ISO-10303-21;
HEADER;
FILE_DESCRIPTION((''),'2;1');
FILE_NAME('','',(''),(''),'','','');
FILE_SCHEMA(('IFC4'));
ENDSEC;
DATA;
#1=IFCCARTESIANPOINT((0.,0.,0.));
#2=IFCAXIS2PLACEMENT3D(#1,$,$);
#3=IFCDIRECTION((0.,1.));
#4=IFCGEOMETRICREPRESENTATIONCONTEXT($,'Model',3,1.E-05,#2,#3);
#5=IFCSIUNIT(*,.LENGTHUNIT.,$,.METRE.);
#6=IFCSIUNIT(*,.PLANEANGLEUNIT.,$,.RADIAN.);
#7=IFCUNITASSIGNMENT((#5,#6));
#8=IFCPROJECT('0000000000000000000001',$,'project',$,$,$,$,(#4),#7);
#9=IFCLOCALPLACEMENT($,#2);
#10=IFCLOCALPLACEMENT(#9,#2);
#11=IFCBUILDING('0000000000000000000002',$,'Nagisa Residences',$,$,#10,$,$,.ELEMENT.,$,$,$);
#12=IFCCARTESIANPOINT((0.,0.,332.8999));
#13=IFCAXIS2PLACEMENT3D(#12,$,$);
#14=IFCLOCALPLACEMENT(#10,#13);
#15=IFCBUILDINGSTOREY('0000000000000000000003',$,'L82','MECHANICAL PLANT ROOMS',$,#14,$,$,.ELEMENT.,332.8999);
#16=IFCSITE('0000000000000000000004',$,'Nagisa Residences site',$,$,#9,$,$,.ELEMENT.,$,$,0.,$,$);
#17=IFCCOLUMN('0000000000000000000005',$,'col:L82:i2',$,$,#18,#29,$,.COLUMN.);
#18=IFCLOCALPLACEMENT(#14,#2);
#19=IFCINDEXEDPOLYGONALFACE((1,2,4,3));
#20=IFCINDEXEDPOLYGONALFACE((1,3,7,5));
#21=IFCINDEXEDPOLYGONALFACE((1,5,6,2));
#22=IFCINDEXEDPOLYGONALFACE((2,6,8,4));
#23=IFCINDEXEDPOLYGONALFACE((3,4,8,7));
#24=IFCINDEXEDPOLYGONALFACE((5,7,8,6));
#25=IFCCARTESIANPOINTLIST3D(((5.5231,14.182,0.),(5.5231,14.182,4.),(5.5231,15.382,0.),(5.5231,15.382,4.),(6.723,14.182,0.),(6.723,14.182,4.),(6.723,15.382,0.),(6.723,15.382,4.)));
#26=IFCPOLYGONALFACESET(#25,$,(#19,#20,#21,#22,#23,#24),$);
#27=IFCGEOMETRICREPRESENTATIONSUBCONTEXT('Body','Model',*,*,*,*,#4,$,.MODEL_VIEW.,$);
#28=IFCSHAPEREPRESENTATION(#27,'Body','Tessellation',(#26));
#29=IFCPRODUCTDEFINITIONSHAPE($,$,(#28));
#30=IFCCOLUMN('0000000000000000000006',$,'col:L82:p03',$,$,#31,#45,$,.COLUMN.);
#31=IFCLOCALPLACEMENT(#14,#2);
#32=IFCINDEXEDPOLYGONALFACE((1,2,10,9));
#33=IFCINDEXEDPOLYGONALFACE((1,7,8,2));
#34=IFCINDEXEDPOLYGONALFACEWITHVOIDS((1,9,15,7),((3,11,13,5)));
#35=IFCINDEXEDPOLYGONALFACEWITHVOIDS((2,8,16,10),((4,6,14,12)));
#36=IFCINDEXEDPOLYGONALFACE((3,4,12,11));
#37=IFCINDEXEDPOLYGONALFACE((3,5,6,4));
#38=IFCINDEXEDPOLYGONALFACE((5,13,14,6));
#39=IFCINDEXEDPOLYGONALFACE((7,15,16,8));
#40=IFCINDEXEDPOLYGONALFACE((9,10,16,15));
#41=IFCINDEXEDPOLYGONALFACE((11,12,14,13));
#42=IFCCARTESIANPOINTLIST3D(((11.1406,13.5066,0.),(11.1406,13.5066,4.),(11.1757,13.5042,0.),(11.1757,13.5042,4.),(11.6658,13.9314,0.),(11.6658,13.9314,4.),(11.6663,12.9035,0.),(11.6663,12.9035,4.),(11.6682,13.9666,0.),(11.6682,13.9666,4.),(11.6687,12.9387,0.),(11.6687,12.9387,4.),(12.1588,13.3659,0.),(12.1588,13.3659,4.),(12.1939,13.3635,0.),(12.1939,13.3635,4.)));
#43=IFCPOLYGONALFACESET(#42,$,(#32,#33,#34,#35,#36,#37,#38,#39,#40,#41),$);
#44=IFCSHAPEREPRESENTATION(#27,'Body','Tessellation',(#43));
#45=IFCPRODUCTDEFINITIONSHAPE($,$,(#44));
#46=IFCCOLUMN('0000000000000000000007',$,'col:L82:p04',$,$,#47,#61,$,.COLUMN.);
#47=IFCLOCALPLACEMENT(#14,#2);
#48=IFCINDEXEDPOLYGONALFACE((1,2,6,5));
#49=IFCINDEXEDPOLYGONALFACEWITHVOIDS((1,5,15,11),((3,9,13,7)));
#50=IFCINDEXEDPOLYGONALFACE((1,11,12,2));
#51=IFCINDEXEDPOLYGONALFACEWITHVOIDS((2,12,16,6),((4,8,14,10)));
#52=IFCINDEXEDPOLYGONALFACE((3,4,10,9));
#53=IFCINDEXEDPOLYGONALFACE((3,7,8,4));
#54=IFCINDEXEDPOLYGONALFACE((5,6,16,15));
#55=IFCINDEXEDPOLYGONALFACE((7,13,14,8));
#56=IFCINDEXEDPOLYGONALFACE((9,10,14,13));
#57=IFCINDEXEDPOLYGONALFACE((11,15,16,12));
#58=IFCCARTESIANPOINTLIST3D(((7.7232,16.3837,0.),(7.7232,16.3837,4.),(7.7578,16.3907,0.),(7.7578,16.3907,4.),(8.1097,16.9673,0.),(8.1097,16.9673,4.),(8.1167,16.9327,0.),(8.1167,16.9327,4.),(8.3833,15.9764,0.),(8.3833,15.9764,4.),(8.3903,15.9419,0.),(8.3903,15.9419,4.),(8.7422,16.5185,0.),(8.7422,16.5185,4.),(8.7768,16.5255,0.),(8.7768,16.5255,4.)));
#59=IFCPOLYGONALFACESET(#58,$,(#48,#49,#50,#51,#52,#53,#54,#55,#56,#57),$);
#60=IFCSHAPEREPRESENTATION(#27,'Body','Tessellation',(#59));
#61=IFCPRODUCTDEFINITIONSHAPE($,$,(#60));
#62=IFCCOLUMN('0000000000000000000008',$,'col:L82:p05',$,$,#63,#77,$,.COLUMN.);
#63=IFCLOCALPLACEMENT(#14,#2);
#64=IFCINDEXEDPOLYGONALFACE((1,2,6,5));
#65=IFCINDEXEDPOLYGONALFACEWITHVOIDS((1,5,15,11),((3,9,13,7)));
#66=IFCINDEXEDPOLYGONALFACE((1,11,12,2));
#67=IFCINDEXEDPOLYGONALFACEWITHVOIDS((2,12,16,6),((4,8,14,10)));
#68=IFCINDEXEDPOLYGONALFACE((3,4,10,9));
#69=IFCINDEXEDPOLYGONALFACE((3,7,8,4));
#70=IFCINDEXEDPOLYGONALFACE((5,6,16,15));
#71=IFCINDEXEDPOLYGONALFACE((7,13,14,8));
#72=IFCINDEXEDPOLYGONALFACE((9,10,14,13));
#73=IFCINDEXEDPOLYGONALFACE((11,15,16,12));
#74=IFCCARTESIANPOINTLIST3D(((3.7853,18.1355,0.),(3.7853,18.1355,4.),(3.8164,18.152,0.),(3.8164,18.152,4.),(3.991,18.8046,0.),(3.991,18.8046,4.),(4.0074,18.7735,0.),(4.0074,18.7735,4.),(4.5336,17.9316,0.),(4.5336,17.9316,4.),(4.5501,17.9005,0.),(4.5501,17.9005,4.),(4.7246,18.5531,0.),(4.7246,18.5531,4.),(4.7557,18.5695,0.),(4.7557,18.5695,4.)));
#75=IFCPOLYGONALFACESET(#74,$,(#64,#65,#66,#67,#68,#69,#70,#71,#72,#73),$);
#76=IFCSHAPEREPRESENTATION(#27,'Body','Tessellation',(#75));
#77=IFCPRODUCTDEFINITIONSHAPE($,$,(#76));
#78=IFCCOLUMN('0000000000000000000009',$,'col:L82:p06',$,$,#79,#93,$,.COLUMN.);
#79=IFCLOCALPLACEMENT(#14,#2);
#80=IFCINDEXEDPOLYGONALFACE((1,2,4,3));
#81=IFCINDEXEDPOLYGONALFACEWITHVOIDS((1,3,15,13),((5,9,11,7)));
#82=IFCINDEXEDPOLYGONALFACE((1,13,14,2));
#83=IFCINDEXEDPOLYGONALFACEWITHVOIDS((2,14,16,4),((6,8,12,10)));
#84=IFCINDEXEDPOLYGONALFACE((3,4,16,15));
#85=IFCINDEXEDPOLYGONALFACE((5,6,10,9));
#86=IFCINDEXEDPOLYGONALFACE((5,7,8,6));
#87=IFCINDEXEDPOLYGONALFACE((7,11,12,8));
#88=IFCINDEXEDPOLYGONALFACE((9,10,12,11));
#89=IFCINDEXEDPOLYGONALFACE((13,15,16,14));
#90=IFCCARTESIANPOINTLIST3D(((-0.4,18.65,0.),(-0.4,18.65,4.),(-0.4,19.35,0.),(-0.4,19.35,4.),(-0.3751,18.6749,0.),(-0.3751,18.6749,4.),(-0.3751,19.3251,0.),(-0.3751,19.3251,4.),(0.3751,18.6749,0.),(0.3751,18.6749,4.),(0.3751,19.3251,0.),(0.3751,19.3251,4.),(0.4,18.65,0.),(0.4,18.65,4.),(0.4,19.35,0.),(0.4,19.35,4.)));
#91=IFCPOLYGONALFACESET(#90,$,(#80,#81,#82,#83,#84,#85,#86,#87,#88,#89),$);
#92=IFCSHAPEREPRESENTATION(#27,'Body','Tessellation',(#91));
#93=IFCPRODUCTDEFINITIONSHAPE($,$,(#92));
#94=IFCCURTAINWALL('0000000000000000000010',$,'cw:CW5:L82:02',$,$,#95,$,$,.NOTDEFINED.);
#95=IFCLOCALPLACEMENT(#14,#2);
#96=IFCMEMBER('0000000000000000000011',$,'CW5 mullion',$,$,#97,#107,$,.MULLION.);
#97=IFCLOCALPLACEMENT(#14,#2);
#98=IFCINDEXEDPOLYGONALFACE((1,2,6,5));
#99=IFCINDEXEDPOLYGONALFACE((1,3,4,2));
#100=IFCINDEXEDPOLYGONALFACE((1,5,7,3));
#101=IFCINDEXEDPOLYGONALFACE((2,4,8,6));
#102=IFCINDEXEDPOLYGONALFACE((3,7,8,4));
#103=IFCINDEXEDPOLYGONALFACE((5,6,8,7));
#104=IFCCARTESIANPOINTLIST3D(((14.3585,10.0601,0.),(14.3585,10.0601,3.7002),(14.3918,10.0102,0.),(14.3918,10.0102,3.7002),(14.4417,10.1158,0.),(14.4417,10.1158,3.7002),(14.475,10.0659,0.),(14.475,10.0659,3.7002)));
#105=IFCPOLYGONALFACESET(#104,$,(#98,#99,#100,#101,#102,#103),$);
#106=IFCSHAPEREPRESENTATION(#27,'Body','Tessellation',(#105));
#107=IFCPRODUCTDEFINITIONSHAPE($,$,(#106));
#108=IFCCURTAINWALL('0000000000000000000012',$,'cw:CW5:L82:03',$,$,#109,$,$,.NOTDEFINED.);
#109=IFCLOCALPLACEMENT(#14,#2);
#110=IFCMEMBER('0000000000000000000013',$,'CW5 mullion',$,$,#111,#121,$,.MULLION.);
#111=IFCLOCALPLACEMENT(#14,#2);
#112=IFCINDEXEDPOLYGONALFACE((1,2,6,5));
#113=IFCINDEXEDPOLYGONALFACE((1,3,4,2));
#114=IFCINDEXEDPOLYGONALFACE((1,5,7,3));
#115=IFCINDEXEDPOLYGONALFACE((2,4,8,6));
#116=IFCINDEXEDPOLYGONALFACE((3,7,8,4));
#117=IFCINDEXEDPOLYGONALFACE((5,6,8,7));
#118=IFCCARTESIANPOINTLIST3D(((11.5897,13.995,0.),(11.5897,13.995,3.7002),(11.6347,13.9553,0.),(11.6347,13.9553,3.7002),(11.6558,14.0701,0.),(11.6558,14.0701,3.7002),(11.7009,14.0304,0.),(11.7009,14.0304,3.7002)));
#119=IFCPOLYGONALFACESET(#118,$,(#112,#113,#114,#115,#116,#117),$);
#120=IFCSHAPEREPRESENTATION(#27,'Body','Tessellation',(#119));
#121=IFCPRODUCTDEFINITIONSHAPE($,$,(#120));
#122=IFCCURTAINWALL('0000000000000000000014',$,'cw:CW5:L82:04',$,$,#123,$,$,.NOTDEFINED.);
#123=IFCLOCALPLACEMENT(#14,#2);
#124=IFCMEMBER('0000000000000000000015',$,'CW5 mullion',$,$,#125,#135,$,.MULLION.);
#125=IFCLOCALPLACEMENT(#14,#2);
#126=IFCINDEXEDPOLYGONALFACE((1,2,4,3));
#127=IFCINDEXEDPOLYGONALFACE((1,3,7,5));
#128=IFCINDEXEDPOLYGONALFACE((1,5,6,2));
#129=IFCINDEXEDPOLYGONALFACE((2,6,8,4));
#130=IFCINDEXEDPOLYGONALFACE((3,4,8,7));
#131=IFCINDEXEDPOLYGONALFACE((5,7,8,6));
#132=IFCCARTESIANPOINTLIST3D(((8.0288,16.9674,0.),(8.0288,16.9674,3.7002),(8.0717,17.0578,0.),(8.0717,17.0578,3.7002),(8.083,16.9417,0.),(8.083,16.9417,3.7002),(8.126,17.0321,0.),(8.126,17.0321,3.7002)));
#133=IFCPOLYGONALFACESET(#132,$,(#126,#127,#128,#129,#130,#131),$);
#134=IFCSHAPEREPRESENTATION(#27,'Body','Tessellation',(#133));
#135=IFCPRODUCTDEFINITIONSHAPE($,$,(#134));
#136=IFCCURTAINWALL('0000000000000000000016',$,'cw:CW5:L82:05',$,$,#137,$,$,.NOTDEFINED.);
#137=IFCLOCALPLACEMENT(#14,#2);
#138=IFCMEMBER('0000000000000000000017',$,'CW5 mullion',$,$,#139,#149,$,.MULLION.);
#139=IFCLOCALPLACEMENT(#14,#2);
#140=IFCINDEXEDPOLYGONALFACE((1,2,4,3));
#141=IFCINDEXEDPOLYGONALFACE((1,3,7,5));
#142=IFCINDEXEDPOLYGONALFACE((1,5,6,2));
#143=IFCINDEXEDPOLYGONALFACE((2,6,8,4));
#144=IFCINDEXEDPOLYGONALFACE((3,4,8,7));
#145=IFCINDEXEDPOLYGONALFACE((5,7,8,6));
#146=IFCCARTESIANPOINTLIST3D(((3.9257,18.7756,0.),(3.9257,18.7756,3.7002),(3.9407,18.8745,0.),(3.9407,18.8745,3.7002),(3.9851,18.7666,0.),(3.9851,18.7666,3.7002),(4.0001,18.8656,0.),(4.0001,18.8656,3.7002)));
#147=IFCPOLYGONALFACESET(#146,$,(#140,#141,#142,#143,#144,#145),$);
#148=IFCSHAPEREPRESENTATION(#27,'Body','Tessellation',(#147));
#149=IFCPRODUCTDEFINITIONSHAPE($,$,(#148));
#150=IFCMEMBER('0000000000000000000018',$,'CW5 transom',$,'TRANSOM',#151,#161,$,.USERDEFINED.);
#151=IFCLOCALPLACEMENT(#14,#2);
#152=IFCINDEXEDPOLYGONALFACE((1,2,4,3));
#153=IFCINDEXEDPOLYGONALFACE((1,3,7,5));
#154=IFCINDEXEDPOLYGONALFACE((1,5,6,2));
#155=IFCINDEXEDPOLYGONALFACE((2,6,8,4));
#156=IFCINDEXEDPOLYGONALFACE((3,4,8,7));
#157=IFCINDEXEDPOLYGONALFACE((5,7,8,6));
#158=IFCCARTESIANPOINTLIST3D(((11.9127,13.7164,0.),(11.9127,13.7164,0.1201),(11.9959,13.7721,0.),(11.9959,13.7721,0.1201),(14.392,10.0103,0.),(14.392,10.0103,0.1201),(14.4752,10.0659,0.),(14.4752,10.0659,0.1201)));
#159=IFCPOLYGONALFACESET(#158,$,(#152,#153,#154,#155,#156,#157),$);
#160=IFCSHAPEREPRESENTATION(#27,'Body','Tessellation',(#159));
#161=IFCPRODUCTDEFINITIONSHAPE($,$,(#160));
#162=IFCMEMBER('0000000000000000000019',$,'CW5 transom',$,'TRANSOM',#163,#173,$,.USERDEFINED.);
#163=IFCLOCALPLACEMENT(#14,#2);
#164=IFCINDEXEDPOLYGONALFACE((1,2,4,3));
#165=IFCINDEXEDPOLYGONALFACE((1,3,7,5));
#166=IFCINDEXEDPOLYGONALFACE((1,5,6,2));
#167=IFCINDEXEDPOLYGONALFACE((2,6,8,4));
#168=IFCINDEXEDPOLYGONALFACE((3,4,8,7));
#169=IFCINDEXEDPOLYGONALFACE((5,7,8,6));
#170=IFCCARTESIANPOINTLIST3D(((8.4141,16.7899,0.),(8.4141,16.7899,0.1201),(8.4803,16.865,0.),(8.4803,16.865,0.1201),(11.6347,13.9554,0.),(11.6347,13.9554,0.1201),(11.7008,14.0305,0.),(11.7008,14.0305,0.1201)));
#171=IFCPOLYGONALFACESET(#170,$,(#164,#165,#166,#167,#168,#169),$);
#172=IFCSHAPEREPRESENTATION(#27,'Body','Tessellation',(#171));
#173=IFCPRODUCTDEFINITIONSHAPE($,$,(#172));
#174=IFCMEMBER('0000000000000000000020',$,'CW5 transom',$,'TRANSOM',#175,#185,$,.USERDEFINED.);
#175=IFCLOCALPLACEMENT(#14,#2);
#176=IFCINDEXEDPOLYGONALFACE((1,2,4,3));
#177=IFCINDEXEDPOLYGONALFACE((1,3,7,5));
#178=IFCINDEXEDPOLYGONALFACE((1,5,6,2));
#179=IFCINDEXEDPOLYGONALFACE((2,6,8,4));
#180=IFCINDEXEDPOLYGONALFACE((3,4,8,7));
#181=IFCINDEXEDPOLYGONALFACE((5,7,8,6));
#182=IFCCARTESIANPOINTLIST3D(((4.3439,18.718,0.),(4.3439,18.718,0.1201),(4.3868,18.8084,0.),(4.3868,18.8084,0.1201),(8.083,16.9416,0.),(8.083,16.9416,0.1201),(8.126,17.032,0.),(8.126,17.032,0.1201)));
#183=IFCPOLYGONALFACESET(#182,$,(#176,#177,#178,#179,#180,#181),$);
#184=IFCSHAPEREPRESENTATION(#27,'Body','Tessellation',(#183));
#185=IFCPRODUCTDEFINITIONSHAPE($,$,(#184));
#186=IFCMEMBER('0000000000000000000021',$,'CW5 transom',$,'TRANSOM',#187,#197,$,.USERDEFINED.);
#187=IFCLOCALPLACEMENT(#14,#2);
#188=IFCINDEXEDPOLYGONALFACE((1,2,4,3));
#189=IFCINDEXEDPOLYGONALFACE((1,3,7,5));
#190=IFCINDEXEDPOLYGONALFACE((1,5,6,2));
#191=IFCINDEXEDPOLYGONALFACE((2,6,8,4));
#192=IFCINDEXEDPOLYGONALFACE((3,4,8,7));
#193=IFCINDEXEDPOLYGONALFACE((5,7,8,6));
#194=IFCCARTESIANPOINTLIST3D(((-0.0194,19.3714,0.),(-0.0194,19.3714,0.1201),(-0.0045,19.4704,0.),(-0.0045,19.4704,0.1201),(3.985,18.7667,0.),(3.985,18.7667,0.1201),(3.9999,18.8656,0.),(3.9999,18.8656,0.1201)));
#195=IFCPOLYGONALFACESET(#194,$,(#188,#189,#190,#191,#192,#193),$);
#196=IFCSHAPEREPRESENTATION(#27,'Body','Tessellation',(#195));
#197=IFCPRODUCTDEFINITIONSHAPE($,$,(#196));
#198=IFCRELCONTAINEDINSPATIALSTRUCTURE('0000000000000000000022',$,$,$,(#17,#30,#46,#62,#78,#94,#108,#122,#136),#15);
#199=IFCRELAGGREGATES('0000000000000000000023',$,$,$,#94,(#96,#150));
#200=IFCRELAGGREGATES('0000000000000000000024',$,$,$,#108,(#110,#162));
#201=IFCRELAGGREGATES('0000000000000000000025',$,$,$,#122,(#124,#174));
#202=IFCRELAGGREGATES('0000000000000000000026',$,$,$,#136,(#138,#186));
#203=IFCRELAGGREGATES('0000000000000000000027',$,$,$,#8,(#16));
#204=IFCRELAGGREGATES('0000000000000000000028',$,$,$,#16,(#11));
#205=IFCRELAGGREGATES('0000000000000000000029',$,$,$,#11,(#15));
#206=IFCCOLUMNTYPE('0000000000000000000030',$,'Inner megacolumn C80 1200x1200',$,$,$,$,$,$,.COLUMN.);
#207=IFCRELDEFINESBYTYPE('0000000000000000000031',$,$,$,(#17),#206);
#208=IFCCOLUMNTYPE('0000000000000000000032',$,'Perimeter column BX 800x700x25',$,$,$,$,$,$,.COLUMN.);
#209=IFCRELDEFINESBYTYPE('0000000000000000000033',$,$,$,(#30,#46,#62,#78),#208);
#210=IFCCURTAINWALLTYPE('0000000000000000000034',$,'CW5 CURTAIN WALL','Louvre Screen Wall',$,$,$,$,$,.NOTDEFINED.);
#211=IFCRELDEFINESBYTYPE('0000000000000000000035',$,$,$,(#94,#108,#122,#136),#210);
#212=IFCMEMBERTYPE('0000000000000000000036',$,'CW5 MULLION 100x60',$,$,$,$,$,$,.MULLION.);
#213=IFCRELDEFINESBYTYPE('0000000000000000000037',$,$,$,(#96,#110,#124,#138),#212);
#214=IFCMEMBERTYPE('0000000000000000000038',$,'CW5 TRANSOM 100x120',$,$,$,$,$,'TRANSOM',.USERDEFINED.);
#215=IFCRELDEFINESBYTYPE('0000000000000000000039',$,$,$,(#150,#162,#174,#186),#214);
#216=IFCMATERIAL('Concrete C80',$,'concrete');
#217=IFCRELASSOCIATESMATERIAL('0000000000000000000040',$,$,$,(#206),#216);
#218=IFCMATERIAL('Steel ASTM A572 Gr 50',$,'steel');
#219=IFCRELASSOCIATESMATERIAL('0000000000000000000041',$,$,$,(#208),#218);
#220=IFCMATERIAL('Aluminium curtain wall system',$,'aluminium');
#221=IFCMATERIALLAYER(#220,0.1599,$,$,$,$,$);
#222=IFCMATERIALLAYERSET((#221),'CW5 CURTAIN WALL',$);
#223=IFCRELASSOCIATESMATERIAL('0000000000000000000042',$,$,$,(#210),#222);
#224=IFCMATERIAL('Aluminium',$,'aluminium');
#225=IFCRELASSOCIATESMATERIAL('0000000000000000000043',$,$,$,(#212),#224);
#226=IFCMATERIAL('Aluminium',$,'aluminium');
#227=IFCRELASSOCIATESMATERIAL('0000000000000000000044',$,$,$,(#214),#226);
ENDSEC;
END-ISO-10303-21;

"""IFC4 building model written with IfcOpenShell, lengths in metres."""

from ifc_helpers import new_model, si_unit, direction, frame, origin, origin_2d, place, context, subcontext, project, spatial, rectangle, hollow_rectangle, extrude, material, layer, layer_set, material_profile, profile_set, type_object, element, aggregate, save


model = new_model("IFC4")

# Units and contexts
model_context = context("Model", 3, precision=1e-05, world=origin(), true_north=direction((0.0, 1.0)))
body_context = subcontext(model_context, "Body", "Model", "MODEL_VIEW")
ifc_project = project(units=[si_unit("LENGTHUNIT", "METRE"), si_unit("PLANEANGLEUNIT", "RADIAN")], contexts=[model_context])

# Site, building, storey
site_placement = place(None, origin())
site = spatial("IfcSite", under=ifc_project, at=site_placement, Name="Nagisa Residences site", CompositionType="ELEMENT", RefElevation=0.0)
building_placement = place(site_placement, origin())
building = spatial("IfcBuilding", under=site, at=building_placement, Name="Nagisa Residences", CompositionType="ELEMENT")
storey_placement = place(building_placement, frame((0.0, 0.0, 332.8999)))
storey = spatial("IfcBuildingStorey", under=building, at=storey_placement, Name="L82", Description="MECHANICAL PLANT ROOMS", CompositionType="ELEMENT", Elevation=332.8999)

# Columns
ifc_material_1 = material(Name="Concrete C80", Category="concrete")
ifc_material_profile_1 = material_profile(ifc_material_1, rectangle(XDim=1.2, YDim=1.2, at=origin_2d()), Name="C80 1200x1200")
ifc_profile_set_1 = profile_set([ifc_material_profile_1], Name="Concrete C80")
column_type_1 = type_object("IfcColumnType", Name="Inner megacolumn C80 1200x1200", PredefinedType="COLUMN", material=ifc_profile_set_1)
column_placement = place(storey_placement, frame((6.123, 14.782, 0.0), z_axis=(0.0, 0.0, 1.0), x_axis=(1.0, 0.0, 0.0)))
element("IfcColumn", 1, at=column_placement, inside=storey, type_object=column_type_1, Name="col:L82:i2", PredefinedType="COLUMN", context=body_context, shape_type="SweptSolid", body=[
    extrude(rectangle(XDim=1.2, YDim=1.2, at=origin_2d()), origin(), (0.0, 0.0, 1.0), 4.0),
])
ifc_material_2 = material(Name="Steel ASTM A572 Gr 50", Category="steel")
ifc_material_profile_2 = material_profile(ifc_material_2, hollow_rectangle(XDim=0.8, YDim=0.7, WallThickness=0.0249, at=origin_2d()), Name="BX 800x700x25")
ifc_profile_set_2 = profile_set([ifc_material_profile_2], Name="Steel ASTM A572 Gr 50")
column_type_2 = type_object("IfcColumnType", Name="Perimeter column BX 800x700x25", PredefinedType="COLUMN", material=ifc_profile_set_2)
for number, where, z_axis, x_axis, name in (
    (2, (11.6672, 13.4351, 0.0), (0.0, 0.0, 1.0), (-0.657135, 0.753773, 0.0), "col:L82:p03"),
    (3, (8.25, 16.4546, 0.0), (0.0, 0.0, 1.0), (-0.833744, 0.552151, 0.0), "col:L82:p04"),
    (4, (4.2705, 18.3525, 0.0), (0.0, 0.0, 1.0), (-0.95587, 0.29379, 0.0), "col:L82:p05"),
    (5, (0.0, 19.0, 0.0), (0.0, 0.0, 1.0), (-1.0, 0.0, 0.0), "col:L82:p06"),
):
    element("IfcColumn", number, at=place(storey_placement, frame(where, z_axis=z_axis, x_axis=x_axis)), inside=storey, type_object=column_type_2, Name=name, PredefinedType="COLUMN", context=body_context, shape_type="SweptSolid", body=[
        extrude(hollow_rectangle(XDim=0.8, YDim=0.7, WallThickness=0.0249, at=origin_2d()), origin(), (0.0, 0.0, 1.0), 4.0),
    ])

# Curtain walls, members
ifc_material_3 = material(Name="Aluminium curtain wall system", Category="aluminium")
ifc_layer_1 = layer(ifc_material_3, 0.1599)
ifc_layer_set_1 = layer_set([ifc_layer_1], Name="CW5 CURTAIN WALL")
curtain_wall_type = type_object("IfcCurtainWallType", Name="CW5 CURTAIN WALL", Description="Louvre Screen Wall", PredefinedType="NOTDEFINED", material=ifc_layer_set_1)
curtain_wall_1_placement = place(storey_placement, origin())
curtain_wall_1 = element("IfcCurtainWall", 6, at=curtain_wall_1_placement, inside=storey, type_object=curtain_wall_type, Name="cw:CW5:L82:02", PredefinedType="NOTDEFINED")
ifc_material_4 = material(Name="Aluminium", Category="aluminium")
ifc_material_profile_3 = material_profile(ifc_material_4, rectangle(XDim=0.1001, YDim=0.0601, at=origin_2d()), Name="CW5 MULLION 100x60")
ifc_profile_set_3 = profile_set([ifc_material_profile_3], Name="Aluminium")
member_type_1 = type_object("IfcMemberType", Name="CW5 MULLION 100x60", PredefinedType="MULLION", material=ifc_profile_set_3)
member_1_placement = place(storey_placement, frame((14.4167, 10.063, 0.0), z_axis=(0.0, 0.0, 1.0), x_axis=(-0.831173, -0.556014, 0.0)))
member_1 = element("IfcMember", 7, at=member_1_placement, type_object=member_type_1, Name="CW5 mullion", PredefinedType="MULLION", context=body_context, shape_type="SweptSolid", body=[
    extrude(rectangle(XDim=0.1001, YDim=0.0601, at=origin_2d()), origin(), (0.0, 0.0, 1.0), 3.7002),
])
curtain_wall_2_placement = place(storey_placement, origin())
curtain_wall_2 = element("IfcCurtainWall", 8, at=curtain_wall_2_placement, inside=storey, type_object=curtain_wall_type, Name="cw:CW5:L82:03", PredefinedType="NOTDEFINED")
member_2_placement = place(storey_placement, frame((11.6453, 14.0127, 0.0), z_axis=(0.0, 0.0, 1.0), x_axis=(-0.660699, -0.750651, 0.0)))
member_2 = element("IfcMember", 9, at=member_2_placement, type_object=member_type_1, Name="CW5 mullion", PredefinedType="MULLION", context=body_context, shape_type="SweptSolid", body=[
    extrude(rectangle(XDim=0.1001, YDim=0.0601, at=origin_2d()), origin(), (0.0, 0.0, 1.0), 3.7002),
])
curtain_wall_3_placement = place(storey_placement, origin())
curtain_wall_3 = element("IfcCurtainWall", 10, at=curtain_wall_3_placement, inside=storey, type_object=curtain_wall_type, Name="cw:CW5:L82:04", PredefinedType="NOTDEFINED")
member_3_placement = place(storey_placement, frame((8.0774, 16.9998, 0.0), z_axis=(0.0, 0.0, 1.0), x_axis=(-0.429151, -0.903233, 0.0)))
member_3 = element("IfcMember", 11, at=member_3_placement, type_object=member_type_1, Name="CW5 mullion", PredefinedType="MULLION", context=body_context, shape_type="SweptSolid", body=[
    extrude(rectangle(XDim=0.1001, YDim=0.0601, at=origin_2d()), origin(), (0.0, 0.0, 1.0), 3.7002),
])
curtain_wall_4_placement = place(storey_placement, origin())
curtain_wall_4 = element("IfcCurtainWall", 12, at=curtain_wall_4_placement, inside=storey, type_object=curtain_wall_type, Name="cw:CW5:L82:05", PredefinedType="NOTDEFINED")
member_4_placement = place(storey_placement, frame((3.9629, 18.8206, 0.0), z_axis=(0.0, 0.0, 1.0), x_axis=(-0.14932, -0.988789, 0.0)))
member_4 = element("IfcMember", 13, at=member_4_placement, type_object=member_type_1, Name="CW5 mullion", PredefinedType="MULLION", context=body_context, shape_type="SweptSolid", body=[
    extrude(rectangle(XDim=0.1001, YDim=0.0601, at=origin_2d()), origin(), (0.0, 0.0, 1.0), 3.7002),
])

# Members
ifc_material_5 = material(Name="Aluminium", Category="aluminium")
ifc_material_profile_4 = material_profile(ifc_material_5, rectangle(XDim=0.1001, YDim=0.1201, at=origin_2d()), Name="CW5 TRANSOM 100x120")
ifc_profile_set_4 = profile_set([ifc_material_profile_4], Name="Aluminium")
member_type_2 = type_object("IfcMemberType", Name="CW5 TRANSOM 100x120", ElementType="TRANSOM", PredefinedType="USERDEFINED", material=ifc_profile_set_4)
member_5_placement = place(storey_placement, frame((14.4336, 10.0381, 0.0601), z_axis=(-0.556026, 0.831165, 0.0), x_axis=(-0.831165, -0.556026, 0.0)))
member_5 = element("IfcMember", 14, at=member_5_placement, type_object=member_type_2, Name="CW5 transom", ObjectType="TRANSOM", PredefinedType="USERDEFINED", context=body_context, shape_type="SweptSolid", body=[
    extrude(rectangle(XDim=0.1001, YDim=0.1201, at=origin_2d()), origin(), (0.0, 0.0, 1.0), 4.459),
])
member_6_placement = place(storey_placement, frame((11.6677, 13.9929, 0.0601), z_axis=(-0.750659, 0.660689, 0.0), x_axis=(-0.660689, -0.750659, 0.0)))
member_6 = element("IfcMember", 15, at=member_6_placement, type_object=member_type_2, Name="CW5 transom", ObjectType="TRANSOM", PredefinedType="USERDEFINED", context=body_context, shape_type="SweptSolid", body=[
    extrude(rectangle(XDim=0.1001, YDim=0.1201, at=origin_2d()), origin(), (0.0, 0.0, 1.0), 4.2903),
])
member_7_placement = place(storey_placement, frame((8.1045, 16.9868, 0.0601), z_axis=(-0.903246, 0.429123, 0.0), x_axis=(-0.429123, -0.903246, 0.0)))
member_7 = element("IfcMember", 16, at=member_7_placement, type_object=member_type_2, Name="CW5 transom", ObjectType="TRANSOM", PredefinedType="USERDEFINED", context=body_context, shape_type="SweptSolid", body=[
    extrude(rectangle(XDim=0.1001, YDim=0.1201, at=origin_2d()), origin(), (0.0, 0.0, 1.0), 4.1396),
])
member_8_placement = place(storey_placement, frame((3.9924, 18.8162, 0.0601), z_axis=(-0.988788, 0.149325, 0.0), x_axis=(-0.149325, -0.988788, 0.0)))
member_8 = element("IfcMember", 17, at=member_8_placement, type_object=member_type_2, Name="CW5 transom", ObjectType="TRANSOM", PredefinedType="USERDEFINED", context=body_context, shape_type="SweptSolid", body=[
    extrude(rectangle(XDim=0.1001, YDim=0.1201, at=origin_2d()), origin(), (0.0, 0.0, 1.0), 4.0498),
])

aggregate(curtain_wall_1, [member_1, member_5])
aggregate(curtain_wall_2, [member_2, member_6])
aggregate(curtain_wall_3, [member_3, member_7])
aggregate(curtain_wall_4, [member_4, member_8])

save(model, "model.ifc")
